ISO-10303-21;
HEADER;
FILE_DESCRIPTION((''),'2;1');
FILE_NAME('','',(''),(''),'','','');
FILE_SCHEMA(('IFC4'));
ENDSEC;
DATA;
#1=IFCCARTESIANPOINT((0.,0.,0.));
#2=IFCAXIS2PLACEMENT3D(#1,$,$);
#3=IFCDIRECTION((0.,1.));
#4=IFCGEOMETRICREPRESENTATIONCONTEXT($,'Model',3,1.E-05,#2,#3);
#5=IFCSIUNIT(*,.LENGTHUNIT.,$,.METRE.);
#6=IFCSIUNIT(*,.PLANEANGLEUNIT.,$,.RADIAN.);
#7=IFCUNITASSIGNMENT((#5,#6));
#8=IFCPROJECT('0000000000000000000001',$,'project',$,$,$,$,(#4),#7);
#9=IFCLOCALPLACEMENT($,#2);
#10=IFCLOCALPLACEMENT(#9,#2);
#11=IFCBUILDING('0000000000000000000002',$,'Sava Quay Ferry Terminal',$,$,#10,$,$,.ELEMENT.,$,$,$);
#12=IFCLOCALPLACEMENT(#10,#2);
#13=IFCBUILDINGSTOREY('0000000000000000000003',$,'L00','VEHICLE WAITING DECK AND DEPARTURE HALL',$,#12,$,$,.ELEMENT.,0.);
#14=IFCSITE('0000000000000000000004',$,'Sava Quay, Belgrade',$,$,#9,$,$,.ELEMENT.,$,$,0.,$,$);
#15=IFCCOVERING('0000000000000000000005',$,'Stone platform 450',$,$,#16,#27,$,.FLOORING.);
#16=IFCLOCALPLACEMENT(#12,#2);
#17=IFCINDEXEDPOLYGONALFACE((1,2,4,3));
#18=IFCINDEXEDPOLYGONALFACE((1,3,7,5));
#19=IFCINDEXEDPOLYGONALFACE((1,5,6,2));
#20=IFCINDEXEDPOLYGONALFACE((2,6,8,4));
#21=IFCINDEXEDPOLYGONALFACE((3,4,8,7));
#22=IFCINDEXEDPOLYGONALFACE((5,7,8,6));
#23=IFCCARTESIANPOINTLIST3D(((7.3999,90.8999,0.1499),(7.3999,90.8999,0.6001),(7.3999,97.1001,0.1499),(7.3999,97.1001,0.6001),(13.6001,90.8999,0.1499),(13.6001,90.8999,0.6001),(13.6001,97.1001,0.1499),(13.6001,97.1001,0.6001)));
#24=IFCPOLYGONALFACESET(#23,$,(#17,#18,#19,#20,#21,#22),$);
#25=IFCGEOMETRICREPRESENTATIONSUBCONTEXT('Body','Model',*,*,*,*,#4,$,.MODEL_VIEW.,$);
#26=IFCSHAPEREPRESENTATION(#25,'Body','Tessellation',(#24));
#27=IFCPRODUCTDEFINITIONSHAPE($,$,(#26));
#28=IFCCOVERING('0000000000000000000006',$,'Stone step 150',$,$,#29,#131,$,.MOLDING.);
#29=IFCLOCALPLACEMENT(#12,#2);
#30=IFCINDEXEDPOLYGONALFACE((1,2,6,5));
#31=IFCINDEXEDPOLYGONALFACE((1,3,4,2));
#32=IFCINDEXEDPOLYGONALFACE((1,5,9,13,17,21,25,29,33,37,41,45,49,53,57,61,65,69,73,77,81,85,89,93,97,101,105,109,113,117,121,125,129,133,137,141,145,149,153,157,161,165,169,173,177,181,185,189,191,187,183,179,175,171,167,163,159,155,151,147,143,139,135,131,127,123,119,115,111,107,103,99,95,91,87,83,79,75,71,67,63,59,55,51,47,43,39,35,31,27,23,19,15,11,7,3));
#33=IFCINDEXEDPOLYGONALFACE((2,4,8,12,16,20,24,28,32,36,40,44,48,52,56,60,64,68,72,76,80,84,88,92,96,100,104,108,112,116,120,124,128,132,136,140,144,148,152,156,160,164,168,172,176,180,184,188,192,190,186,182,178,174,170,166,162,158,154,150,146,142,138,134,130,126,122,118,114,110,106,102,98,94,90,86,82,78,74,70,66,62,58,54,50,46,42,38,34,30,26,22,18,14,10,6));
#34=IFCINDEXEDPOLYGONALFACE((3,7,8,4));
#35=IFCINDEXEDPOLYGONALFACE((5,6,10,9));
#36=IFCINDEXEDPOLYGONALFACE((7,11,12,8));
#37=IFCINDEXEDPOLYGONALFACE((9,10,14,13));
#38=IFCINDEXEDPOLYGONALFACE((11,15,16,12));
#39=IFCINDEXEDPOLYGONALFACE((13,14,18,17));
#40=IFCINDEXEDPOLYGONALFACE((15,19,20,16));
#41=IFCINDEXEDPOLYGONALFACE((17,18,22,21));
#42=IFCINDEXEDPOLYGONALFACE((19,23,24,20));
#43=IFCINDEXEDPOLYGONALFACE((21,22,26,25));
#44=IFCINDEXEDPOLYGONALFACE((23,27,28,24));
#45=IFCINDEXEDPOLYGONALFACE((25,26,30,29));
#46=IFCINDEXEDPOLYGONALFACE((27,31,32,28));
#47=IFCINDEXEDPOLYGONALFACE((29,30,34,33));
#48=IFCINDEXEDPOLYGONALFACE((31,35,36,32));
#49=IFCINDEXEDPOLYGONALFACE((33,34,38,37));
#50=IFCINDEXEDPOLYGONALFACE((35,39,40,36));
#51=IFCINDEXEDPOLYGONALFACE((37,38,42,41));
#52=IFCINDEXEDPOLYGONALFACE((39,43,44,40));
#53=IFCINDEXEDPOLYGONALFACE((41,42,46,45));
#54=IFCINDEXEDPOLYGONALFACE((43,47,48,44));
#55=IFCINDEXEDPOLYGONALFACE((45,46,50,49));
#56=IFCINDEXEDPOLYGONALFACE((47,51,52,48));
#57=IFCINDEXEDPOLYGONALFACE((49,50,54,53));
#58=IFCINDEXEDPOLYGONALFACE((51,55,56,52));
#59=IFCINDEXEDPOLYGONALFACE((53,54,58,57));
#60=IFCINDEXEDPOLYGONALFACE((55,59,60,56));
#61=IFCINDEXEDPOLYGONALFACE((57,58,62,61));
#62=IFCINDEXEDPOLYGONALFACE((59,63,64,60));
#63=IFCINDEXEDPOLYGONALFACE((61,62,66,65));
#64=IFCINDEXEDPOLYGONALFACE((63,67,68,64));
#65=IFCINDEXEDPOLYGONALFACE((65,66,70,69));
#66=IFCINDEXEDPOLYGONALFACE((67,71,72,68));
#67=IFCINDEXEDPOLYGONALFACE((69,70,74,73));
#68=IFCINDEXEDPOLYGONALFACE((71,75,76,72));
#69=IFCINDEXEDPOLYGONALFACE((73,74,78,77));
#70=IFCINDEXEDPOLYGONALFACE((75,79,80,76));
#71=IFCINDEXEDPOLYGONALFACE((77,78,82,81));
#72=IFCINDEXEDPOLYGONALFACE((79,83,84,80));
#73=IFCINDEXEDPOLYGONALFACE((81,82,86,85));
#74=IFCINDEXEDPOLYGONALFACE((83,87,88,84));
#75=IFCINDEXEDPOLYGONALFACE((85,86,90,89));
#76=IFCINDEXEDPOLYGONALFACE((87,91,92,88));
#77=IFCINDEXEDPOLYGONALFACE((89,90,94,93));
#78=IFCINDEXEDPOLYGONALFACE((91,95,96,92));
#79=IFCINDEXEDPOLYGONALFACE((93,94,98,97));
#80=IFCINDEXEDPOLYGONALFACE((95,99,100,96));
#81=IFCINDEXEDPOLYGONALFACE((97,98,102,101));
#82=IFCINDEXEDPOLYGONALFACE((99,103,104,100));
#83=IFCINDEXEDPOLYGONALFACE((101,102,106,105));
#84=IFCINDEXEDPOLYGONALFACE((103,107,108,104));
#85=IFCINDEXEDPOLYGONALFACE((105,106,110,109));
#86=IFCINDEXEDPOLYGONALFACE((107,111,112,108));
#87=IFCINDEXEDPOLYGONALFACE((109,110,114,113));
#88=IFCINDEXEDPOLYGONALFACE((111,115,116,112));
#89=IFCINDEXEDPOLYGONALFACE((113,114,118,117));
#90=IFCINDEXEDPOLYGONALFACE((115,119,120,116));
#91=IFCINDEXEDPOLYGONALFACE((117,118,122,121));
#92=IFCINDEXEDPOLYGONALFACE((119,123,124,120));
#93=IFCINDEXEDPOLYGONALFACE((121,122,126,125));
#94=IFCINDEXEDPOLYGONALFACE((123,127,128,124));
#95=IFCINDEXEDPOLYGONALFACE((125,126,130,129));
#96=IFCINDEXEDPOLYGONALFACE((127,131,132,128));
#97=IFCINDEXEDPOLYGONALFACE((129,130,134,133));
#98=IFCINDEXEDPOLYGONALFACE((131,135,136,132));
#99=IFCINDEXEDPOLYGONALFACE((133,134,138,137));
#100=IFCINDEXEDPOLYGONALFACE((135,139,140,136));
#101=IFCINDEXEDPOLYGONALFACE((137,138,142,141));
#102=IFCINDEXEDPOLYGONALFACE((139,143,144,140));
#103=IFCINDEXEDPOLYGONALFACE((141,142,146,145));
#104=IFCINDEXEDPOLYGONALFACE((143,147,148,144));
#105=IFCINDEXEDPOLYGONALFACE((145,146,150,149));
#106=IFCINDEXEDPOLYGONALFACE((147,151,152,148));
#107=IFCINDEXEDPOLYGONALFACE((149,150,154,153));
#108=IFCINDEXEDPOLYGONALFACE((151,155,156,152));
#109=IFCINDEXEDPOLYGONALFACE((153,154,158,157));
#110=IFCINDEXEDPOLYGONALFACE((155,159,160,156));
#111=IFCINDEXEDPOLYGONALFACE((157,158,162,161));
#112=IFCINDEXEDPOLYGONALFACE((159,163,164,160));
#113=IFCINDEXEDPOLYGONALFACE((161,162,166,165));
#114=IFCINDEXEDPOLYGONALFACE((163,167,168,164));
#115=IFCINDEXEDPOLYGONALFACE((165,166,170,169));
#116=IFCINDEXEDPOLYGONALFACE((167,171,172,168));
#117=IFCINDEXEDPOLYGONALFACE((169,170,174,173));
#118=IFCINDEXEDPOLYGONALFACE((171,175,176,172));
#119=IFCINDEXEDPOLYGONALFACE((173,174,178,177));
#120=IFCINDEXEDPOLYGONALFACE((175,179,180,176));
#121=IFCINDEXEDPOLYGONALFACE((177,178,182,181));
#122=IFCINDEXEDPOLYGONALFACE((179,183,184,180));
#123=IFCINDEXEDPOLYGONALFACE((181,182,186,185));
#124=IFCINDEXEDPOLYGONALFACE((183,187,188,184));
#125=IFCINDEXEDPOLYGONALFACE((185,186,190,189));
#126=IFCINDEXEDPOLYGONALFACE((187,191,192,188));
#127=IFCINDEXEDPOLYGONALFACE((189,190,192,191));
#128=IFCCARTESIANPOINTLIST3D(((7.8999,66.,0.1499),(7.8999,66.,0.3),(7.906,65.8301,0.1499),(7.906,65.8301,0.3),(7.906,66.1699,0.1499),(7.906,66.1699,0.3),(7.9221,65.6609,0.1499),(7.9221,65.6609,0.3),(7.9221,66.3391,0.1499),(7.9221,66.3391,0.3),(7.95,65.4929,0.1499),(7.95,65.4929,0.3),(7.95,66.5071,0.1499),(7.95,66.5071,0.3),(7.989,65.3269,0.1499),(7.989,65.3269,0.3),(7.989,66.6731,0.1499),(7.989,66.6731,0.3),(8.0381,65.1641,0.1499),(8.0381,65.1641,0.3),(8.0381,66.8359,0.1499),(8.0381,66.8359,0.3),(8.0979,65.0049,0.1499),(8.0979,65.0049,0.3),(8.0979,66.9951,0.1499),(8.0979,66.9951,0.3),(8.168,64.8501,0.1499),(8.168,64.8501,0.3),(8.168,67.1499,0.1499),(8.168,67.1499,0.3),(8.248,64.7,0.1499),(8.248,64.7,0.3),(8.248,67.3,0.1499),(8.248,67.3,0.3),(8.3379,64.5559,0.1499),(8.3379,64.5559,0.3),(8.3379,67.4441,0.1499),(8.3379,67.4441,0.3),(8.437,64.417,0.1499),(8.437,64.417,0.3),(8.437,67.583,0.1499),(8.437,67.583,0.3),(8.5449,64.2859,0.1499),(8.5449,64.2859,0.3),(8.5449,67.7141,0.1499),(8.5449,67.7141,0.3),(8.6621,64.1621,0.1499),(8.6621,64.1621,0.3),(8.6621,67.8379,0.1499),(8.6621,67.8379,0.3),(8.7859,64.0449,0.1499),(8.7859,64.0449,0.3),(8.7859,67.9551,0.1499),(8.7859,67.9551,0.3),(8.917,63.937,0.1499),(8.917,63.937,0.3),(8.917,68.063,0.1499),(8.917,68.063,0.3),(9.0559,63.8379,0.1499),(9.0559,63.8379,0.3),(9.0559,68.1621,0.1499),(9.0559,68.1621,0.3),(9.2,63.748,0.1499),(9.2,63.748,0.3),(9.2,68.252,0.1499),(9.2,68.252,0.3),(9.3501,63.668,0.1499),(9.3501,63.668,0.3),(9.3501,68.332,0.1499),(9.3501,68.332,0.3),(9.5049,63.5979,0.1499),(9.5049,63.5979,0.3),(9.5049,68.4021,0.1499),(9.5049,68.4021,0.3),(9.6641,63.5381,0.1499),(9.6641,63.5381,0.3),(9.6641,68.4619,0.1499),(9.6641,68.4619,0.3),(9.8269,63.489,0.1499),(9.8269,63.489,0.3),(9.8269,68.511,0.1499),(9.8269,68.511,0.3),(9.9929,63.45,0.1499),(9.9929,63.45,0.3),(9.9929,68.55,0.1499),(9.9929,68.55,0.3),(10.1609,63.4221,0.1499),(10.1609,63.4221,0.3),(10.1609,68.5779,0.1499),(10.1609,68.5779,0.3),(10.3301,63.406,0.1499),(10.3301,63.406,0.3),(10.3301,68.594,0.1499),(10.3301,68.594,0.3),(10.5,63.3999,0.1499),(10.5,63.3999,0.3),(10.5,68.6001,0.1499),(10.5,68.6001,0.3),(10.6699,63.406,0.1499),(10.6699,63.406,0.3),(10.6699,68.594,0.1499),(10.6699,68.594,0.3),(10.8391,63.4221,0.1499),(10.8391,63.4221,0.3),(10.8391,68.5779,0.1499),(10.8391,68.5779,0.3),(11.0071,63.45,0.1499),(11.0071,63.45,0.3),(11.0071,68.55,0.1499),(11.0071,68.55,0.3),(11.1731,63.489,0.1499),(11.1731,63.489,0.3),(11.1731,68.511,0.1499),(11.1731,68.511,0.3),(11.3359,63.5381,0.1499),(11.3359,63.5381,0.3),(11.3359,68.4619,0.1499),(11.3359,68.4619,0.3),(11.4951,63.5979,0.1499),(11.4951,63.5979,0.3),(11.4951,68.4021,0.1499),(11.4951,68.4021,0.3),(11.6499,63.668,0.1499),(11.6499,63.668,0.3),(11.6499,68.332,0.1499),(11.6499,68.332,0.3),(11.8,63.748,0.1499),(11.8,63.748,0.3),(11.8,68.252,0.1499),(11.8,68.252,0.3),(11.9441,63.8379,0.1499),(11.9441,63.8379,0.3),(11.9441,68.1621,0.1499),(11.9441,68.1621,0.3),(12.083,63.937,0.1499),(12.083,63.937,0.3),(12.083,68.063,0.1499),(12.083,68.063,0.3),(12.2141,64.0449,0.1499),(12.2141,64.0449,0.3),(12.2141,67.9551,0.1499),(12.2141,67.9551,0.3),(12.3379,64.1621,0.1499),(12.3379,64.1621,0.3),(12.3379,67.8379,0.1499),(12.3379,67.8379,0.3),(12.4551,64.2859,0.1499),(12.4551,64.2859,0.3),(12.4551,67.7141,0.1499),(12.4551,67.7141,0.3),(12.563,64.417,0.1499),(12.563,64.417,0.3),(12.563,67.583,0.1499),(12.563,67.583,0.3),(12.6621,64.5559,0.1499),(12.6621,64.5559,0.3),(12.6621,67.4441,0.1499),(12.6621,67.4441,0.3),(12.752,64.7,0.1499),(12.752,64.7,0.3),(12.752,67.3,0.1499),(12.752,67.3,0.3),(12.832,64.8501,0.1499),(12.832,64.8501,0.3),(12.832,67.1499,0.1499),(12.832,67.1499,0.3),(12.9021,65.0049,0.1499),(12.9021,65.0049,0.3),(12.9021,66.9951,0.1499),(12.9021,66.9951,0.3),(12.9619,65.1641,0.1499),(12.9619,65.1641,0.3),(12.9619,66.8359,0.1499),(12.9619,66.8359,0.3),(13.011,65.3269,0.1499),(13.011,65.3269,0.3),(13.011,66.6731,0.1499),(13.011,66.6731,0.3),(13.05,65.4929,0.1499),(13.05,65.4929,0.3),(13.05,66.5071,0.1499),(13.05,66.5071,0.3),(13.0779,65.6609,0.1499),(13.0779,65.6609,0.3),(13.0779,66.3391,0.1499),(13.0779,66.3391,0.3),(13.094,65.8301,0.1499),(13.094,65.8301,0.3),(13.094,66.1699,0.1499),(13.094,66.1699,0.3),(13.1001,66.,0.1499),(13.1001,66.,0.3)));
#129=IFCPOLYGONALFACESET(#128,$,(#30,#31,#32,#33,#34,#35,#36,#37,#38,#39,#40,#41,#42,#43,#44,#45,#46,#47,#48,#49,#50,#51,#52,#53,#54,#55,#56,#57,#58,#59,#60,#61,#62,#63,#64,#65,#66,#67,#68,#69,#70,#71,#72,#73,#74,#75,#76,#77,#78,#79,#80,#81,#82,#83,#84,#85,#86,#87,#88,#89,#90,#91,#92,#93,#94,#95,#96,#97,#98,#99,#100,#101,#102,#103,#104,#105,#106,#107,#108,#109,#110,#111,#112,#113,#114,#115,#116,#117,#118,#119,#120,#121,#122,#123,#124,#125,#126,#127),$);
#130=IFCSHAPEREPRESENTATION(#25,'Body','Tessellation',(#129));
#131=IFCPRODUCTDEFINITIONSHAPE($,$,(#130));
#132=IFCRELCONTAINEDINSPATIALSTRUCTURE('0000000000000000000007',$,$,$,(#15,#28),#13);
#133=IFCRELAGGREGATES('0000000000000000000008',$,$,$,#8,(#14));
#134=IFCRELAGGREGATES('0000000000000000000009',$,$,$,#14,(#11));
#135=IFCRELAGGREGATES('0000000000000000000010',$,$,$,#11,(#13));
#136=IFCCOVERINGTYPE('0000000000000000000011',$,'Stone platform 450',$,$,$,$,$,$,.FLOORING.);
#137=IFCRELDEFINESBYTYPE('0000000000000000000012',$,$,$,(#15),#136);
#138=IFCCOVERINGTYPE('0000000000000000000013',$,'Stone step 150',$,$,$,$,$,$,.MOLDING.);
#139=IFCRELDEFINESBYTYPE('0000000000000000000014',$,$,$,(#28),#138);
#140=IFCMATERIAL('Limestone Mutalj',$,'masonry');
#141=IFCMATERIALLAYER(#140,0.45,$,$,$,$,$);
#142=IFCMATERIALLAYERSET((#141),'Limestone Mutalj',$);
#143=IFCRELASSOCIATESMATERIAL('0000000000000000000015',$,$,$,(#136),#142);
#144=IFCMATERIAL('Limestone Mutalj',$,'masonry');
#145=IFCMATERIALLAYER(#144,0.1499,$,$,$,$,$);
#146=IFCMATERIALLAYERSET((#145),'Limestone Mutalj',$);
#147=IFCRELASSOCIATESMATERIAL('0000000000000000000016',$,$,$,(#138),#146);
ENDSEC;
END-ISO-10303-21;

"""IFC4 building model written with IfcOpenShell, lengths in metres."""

from ifc_helpers import new_model, si_unit, direction, frame, origin, place, context, subcontext, project, spatial, polyline, outline, extrude, material, layer, layer_set, type_object, element, save


model = new_model("IFC4")

# Units and contexts
model_context = context("Model", 3, precision=1e-05, world=origin(), true_north=direction((0.0, 1.0)))
body_context = subcontext(model_context, "Body", "Model", "MODEL_VIEW")
ifc_project = project(units=[si_unit("LENGTHUNIT", "METRE"), si_unit("PLANEANGLEUNIT", "RADIAN")], contexts=[model_context])

# Site, building, storey
site_placement = place(None, origin())
site = spatial("IfcSite", under=ifc_project, at=site_placement, Name="Sava Quay, Belgrade", CompositionType="ELEMENT", RefElevation=0.0)
building_placement = place(site_placement, origin())
building = spatial("IfcBuilding", under=site, at=building_placement, Name="Sava Quay Ferry Terminal", CompositionType="ELEMENT")
storey_placement = place(building_placement, origin())
storey = spatial("IfcBuildingStorey", under=building, at=storey_placement, Name="L00", Description="VEHICLE WAITING DECK AND DEPARTURE HALL", CompositionType="ELEMENT", Elevation=0.0)

# Coverings
ifc_material_1 = material(Name="Limestone Mutalj", Category="masonry")
ifc_layer_1 = layer(ifc_material_1, 0.45)
ifc_layer_set_1 = layer_set([ifc_layer_1], Name="Limestone Mutalj")
covering_type_1 = type_object("IfcCoveringType", Name="Stone platform 450", PredefinedType="FLOORING", material=ifc_layer_set_1)
covering_1_placement = place(storey_placement, frame((0.0, 0.0, 0.1499)))
element("IfcCovering", 1, at=covering_1_placement, inside=storey, type_object=covering_type_1, Name="Stone platform 450", PredefinedType="FLOORING", context=body_context, shape_type="SweptSolid", body=[
    extrude(outline(polyline([(7.3999, 97.1001), (7.3999, 90.8999), (13.6001, 90.8999), (13.6001, 97.1001), (7.3999, 97.1001)])), origin(), (0.0, 0.0, 1.0), 0.4502),
])
ifc_material_2 = material(Name="Limestone Mutalj", Category="masonry")
ifc_layer_2 = layer(ifc_material_2, 0.1499)
ifc_layer_set_2 = layer_set([ifc_layer_2], Name="Limestone Mutalj")
covering_type_2 = type_object("IfcCoveringType", Name="Stone step 150", PredefinedType="MOLDING", material=ifc_layer_set_2)
covering_2_placement = place(storey_placement, frame((0.0, 0.0, 0.1499)))
element("IfcCovering", 2, at=covering_2_placement, inside=storey, type_object=covering_type_2, Name="Stone step 150", PredefinedType="MOLDING", context=body_context, shape_type="SweptSolid", body=[
    extrude(outline(polyline([(13.0779, 65.6609), (13.094, 65.8301), (13.1001, 66.0), (13.094, 66.1699), (13.0779, 66.3391), (13.05, 66.5071), (13.011, 66.6731), (12.9619, 66.8359), (12.9021, 66.9951), (12.832, 67.1499), (12.752, 67.3), (12.6621, 67.4441), (12.563, 67.583), (12.4551, 67.7141), (12.3379, 67.8379), (12.2141, 67.9551), (12.083, 68.063), (11.9441, 68.1621), (11.8, 68.252), (11.6499, 68.332), (11.4951, 68.4021), (11.3359, 68.4619), (11.1731, 68.511), (11.0071, 68.55), (10.8391, 68.5779), (10.6699, 68.594), (10.5, 68.6001), (10.3301, 68.594), (10.1609, 68.5779), (9.9929, 68.55), (9.8269, 68.511), (9.6641, 68.4619), (9.5049, 68.4021), (9.3501, 68.332), (9.2, 68.252), (9.0559, 68.1621), (8.917, 68.063), (8.7859, 67.9551), (8.6621, 67.8379), (8.5449, 67.7141), (8.437, 67.583), (8.3379, 67.4441), (8.248, 67.3), (8.168, 67.1499), (8.0979, 66.9951), (8.0381, 66.8359), (7.989, 66.6731), (7.95, 66.5071), (7.9221, 66.3391), (7.906, 66.1699), (7.8999, 66.0), (7.906, 65.8301), (7.9221, 65.6609), (7.95, 65.4929), (7.989, 65.3269), (8.0381, 65.1641), (8.0979, 65.0049), (8.168, 64.8501), (8.248, 64.7), (8.3379, 64.5559), (8.437, 64.417), (8.5449, 64.2859), (8.6621, 64.1621), (8.7859, 64.0449), (8.917, 63.937), (9.0559, 63.8379), (9.2, 63.748), (9.3501, 63.668), (9.5049, 63.5979), (9.6641, 63.5381), (9.8269, 63.489), (9.9929, 63.45), (10.1609, 63.4221), (10.3301, 63.406), (10.5, 63.3999), (10.6699, 63.406), (10.8391, 63.4221), (11.0071, 63.45), (11.1731, 63.489), (11.3359, 63.5381), (11.4951, 63.5979), (11.6499, 63.668), (11.8, 63.748), (11.9441, 63.8379), (12.083, 63.937), (12.2141, 64.0449), (12.3379, 64.1621), (12.4551, 64.2859), (12.563, 64.417), (12.6621, 64.5559), (12.752, 64.7), (12.832, 64.8501), (12.9021, 65.0049), (12.9619, 65.1641), (13.011, 65.3269), (13.05, 65.4929), (13.0779, 65.6609)])), origin(), (0.0, 0.0, 1.0), 0.1501),
])

save(model, "model.ifc")
